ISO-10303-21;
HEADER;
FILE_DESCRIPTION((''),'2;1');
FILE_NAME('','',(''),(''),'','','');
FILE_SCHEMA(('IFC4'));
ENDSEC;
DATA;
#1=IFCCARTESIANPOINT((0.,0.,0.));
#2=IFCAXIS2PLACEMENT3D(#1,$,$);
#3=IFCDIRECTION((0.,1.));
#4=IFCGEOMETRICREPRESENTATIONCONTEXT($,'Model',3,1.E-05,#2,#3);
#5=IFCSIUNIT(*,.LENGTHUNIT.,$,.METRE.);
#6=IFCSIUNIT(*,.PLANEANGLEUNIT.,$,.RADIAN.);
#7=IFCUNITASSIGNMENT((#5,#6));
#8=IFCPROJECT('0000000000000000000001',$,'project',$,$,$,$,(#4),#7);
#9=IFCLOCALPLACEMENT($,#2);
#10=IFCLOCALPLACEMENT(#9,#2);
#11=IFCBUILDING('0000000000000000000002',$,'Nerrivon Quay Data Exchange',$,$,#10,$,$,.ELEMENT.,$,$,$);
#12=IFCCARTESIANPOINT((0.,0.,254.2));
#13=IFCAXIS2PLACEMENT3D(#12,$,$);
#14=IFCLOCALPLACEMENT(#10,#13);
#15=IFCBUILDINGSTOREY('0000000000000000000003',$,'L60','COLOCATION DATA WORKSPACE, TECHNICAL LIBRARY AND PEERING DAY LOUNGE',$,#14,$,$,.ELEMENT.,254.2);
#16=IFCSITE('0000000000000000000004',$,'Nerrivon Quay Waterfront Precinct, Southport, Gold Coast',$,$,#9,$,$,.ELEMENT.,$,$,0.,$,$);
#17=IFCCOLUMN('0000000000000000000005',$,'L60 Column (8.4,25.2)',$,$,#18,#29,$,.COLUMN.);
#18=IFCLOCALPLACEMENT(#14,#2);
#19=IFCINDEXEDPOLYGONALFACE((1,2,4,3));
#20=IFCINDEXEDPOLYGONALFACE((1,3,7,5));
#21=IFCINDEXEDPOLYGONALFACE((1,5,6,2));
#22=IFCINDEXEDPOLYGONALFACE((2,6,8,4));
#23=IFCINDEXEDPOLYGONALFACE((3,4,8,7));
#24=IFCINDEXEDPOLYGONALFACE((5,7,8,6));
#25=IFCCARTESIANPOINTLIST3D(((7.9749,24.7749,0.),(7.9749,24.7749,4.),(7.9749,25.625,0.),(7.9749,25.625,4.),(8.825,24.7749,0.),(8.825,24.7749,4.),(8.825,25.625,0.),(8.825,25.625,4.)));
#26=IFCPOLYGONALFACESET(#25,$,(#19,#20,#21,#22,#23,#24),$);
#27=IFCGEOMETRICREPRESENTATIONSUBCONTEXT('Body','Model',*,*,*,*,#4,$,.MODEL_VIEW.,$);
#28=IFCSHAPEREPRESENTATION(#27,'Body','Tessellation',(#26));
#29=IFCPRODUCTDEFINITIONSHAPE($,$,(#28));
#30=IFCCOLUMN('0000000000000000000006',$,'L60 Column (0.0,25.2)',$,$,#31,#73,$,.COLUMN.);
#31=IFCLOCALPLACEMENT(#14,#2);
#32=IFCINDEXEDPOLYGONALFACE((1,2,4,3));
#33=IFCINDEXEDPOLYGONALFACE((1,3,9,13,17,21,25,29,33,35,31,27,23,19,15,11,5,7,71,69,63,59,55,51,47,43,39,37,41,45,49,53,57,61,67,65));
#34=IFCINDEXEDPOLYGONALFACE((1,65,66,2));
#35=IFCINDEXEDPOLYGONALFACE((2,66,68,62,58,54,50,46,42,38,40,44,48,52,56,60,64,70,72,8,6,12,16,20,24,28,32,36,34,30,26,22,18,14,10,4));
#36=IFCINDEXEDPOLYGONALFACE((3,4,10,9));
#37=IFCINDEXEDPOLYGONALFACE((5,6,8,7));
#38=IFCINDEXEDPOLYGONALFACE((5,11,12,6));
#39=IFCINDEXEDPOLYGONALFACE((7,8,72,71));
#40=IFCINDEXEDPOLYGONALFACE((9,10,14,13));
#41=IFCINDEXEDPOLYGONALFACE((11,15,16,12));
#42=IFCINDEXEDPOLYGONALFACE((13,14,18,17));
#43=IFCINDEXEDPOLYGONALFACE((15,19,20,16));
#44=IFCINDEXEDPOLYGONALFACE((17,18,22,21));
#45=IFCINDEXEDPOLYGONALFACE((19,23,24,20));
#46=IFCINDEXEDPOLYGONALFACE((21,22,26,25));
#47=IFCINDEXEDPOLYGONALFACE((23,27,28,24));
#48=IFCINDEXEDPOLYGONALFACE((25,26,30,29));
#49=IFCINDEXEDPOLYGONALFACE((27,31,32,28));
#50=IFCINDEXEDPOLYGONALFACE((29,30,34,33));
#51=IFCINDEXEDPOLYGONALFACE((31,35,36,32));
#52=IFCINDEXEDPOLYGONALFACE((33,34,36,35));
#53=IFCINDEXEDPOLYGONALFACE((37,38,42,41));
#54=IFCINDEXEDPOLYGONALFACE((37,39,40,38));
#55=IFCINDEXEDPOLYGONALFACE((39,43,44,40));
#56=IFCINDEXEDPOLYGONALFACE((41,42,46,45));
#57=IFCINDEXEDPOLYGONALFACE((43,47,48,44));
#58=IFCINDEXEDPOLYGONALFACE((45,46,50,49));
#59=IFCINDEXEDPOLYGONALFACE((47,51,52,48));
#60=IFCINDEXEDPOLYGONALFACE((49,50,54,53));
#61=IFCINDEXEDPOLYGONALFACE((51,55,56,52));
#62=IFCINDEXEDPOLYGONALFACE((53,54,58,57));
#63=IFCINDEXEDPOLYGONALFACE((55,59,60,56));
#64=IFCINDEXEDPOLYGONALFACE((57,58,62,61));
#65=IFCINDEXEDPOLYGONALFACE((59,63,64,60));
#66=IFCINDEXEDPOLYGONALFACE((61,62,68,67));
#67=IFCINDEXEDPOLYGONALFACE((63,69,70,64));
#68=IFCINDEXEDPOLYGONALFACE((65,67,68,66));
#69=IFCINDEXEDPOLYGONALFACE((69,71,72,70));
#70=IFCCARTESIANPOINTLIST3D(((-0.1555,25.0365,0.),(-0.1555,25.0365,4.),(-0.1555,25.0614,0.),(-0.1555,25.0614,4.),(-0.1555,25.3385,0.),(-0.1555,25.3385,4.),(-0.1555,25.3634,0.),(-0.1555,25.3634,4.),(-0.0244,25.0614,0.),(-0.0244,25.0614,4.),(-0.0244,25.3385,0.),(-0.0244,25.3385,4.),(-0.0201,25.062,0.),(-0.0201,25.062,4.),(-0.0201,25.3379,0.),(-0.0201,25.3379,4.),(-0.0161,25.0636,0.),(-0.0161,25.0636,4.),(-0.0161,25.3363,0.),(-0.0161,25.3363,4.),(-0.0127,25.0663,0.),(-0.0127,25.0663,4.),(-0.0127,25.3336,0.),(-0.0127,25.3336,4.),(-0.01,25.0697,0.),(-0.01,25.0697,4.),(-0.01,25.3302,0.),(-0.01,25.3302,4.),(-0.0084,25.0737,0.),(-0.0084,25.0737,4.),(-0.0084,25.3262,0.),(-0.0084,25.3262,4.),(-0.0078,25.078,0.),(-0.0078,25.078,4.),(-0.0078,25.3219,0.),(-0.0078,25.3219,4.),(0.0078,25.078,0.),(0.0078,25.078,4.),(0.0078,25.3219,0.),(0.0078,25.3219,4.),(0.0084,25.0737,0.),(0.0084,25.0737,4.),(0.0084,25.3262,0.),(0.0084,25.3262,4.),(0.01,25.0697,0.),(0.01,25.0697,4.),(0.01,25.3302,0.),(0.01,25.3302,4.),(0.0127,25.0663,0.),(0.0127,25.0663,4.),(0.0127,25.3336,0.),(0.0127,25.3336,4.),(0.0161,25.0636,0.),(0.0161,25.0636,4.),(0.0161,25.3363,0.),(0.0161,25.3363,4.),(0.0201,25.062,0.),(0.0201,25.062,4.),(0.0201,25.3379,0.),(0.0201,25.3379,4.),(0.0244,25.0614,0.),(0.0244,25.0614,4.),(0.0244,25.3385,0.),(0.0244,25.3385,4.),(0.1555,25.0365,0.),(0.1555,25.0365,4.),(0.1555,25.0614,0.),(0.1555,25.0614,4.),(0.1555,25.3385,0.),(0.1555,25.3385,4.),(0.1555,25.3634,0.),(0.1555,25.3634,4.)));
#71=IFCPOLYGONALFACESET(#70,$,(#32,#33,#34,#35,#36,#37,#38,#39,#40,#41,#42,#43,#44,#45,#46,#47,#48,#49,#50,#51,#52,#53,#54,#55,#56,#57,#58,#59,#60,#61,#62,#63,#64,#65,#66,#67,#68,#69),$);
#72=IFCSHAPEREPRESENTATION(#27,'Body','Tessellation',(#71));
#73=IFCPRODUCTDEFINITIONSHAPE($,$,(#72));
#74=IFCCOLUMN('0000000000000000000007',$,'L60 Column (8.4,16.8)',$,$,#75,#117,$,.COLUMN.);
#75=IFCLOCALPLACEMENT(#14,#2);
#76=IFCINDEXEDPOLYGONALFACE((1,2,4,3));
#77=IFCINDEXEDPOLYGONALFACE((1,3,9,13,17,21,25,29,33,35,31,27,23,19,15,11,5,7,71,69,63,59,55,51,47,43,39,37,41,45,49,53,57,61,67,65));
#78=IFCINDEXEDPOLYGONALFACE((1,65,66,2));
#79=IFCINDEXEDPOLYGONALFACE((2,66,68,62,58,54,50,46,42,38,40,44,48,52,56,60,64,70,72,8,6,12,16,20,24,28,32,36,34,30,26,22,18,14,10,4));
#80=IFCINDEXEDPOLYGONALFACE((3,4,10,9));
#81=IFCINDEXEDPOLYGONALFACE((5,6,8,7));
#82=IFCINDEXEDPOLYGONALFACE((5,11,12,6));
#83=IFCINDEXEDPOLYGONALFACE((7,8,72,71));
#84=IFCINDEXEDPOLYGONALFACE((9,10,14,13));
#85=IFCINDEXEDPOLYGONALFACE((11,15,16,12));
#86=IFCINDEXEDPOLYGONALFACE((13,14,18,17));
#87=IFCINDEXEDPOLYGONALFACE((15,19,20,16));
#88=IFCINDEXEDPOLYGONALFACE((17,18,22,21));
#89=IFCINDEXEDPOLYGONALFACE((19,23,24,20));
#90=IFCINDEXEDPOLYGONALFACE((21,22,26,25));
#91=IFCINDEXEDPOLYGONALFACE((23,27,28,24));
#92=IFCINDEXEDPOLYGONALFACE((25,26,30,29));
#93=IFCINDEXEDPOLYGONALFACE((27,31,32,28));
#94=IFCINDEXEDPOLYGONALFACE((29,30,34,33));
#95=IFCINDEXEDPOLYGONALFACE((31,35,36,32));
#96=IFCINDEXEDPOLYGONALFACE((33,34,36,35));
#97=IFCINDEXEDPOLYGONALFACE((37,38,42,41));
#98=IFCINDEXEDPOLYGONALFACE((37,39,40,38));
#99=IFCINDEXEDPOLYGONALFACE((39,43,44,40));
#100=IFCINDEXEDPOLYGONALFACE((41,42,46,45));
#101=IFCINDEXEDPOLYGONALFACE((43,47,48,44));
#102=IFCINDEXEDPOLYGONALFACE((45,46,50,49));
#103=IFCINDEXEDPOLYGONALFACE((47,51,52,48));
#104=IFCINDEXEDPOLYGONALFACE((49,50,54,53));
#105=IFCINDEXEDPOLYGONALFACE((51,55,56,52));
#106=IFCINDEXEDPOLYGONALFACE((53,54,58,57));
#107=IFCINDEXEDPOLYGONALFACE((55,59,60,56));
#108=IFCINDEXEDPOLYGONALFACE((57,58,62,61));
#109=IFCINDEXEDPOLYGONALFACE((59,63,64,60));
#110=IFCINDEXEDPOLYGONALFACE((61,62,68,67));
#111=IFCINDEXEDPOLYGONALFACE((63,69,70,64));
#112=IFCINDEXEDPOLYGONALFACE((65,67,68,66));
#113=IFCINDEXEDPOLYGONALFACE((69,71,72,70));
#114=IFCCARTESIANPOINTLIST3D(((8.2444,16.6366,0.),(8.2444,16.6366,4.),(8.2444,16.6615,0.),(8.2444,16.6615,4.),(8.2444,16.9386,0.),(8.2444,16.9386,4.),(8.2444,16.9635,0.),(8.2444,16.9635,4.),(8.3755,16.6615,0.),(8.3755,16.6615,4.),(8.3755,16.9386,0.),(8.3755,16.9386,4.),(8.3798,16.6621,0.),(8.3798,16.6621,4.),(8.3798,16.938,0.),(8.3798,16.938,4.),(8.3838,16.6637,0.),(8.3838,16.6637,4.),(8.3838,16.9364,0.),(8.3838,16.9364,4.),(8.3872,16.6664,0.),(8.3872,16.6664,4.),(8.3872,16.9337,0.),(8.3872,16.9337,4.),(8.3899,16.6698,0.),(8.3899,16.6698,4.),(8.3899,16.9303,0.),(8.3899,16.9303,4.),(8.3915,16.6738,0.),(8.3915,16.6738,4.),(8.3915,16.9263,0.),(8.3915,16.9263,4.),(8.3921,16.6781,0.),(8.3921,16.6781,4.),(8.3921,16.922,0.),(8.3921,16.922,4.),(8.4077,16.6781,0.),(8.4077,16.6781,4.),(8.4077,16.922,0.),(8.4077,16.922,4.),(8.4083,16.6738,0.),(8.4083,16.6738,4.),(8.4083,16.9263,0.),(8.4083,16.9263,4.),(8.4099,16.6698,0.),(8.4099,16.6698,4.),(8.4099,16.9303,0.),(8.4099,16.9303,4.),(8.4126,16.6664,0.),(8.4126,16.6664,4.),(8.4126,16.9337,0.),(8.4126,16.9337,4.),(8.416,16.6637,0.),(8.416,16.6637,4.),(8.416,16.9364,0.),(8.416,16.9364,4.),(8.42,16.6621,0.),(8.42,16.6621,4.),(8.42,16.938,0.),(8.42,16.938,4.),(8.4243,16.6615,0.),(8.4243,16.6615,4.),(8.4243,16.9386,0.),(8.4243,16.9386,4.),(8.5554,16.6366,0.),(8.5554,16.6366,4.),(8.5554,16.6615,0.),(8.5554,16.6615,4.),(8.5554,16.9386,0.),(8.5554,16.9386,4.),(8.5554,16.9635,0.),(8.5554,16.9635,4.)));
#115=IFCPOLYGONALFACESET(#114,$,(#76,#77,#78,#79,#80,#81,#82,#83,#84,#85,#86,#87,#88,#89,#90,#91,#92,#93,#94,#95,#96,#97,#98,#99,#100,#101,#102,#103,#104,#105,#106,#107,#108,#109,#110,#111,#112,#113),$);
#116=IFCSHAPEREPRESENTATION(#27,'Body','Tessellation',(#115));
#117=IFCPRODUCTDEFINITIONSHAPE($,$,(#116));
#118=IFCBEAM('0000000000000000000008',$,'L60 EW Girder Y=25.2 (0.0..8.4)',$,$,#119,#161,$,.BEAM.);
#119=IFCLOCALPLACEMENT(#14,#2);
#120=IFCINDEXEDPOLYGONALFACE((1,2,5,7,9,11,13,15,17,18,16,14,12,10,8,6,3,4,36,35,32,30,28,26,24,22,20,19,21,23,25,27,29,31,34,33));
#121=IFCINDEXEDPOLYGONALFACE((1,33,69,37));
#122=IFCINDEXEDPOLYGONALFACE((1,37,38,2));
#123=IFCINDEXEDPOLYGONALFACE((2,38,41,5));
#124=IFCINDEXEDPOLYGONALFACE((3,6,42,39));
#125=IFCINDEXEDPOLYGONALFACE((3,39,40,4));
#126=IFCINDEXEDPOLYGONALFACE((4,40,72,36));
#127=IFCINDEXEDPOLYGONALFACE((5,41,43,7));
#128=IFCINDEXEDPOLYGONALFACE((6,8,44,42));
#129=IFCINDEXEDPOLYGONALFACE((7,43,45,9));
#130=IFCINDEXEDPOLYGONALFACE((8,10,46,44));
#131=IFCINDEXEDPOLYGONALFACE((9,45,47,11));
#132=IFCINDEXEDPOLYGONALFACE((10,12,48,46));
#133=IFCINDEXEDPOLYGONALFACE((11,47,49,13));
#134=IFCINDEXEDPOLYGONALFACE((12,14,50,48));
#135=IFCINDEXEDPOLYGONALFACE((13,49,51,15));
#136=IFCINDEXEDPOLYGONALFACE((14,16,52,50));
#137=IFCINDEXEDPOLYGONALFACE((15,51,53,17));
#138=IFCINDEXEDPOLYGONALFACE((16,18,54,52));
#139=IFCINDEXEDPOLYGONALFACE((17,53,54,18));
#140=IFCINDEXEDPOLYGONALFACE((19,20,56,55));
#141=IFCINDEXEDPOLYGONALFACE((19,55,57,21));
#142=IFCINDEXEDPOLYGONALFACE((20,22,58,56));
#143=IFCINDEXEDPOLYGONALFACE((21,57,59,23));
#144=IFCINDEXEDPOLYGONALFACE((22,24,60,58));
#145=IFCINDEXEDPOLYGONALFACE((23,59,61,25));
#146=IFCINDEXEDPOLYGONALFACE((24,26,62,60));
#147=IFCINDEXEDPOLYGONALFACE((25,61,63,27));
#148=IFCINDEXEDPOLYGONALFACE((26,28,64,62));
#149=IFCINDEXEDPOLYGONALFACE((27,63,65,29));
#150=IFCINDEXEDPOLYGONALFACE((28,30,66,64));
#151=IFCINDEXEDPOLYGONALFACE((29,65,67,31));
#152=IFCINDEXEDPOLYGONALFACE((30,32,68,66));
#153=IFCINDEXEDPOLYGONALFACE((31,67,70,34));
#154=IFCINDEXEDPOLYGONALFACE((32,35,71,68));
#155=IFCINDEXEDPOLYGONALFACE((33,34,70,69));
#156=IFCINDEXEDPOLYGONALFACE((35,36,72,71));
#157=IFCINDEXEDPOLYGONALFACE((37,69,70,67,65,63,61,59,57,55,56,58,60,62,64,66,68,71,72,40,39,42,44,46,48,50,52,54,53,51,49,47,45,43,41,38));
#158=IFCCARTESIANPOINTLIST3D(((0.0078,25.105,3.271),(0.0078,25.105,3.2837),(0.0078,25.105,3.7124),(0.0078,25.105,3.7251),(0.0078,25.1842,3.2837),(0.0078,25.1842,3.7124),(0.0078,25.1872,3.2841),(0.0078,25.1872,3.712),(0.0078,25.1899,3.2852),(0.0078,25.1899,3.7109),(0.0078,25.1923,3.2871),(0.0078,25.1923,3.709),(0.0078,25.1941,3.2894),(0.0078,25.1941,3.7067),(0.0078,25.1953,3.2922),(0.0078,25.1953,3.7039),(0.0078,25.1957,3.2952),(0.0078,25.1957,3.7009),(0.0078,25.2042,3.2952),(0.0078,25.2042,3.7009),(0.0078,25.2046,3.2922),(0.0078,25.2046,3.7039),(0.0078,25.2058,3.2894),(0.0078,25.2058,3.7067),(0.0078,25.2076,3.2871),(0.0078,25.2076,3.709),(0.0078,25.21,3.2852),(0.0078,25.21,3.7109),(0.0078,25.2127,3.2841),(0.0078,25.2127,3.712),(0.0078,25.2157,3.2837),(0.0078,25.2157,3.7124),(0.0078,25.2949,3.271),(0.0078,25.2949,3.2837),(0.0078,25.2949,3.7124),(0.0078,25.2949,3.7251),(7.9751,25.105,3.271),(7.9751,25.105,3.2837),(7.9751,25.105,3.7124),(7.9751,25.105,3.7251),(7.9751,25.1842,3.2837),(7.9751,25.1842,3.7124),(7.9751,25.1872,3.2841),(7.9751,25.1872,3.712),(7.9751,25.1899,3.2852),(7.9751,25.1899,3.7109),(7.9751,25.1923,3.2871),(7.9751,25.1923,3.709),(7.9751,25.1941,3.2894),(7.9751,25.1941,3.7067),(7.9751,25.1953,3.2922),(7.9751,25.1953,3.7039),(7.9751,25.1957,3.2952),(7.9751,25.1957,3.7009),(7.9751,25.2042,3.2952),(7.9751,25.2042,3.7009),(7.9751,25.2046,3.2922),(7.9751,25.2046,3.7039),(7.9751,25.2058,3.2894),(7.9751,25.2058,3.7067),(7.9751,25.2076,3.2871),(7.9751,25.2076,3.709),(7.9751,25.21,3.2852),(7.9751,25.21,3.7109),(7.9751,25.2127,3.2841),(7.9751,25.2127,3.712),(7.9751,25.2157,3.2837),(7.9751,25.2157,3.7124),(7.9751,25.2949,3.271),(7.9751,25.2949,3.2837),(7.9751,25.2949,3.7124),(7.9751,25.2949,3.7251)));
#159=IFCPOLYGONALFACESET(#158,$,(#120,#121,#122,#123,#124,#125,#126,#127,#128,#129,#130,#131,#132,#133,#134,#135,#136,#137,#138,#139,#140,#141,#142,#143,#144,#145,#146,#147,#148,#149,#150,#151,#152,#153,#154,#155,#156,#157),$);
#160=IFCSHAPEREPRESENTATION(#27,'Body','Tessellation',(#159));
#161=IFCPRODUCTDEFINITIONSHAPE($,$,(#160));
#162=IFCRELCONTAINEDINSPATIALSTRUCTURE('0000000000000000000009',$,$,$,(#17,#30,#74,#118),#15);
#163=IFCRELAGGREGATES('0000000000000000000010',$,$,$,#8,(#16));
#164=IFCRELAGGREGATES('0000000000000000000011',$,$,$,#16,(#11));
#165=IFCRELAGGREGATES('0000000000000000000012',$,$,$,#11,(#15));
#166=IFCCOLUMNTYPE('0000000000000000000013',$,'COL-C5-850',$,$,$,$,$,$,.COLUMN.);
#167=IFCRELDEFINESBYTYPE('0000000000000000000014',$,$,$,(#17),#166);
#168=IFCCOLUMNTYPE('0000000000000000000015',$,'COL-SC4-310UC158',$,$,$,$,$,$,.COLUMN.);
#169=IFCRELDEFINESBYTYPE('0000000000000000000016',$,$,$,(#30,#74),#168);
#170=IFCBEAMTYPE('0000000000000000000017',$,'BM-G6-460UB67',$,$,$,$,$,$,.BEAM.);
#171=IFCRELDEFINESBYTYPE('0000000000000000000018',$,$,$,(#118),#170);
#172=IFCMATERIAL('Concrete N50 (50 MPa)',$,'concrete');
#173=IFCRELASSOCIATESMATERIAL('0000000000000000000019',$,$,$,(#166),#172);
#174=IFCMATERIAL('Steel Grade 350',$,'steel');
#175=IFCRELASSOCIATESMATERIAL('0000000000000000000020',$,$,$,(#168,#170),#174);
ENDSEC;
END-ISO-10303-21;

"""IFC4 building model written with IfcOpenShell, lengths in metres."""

from ifc_helpers import new_model, si_unit, direction, frame, origin, origin_2d, place, context, subcontext, project, spatial, rectangle, i_section, extrude, material, material_profile, profile_set, type_object, element, save


model = new_model("IFC4")

# Units and contexts
model_context = context("Model", 3, precision=1e-05, world=origin(), true_north=direction((0.0, 1.0)))
body_context = subcontext(model_context, "Body", "Model", "MODEL_VIEW")
ifc_project = project(units=[si_unit("LENGTHUNIT", "METRE"), si_unit("PLANEANGLEUNIT", "RADIAN")], contexts=[model_context])

# Site, building, storey
site_placement = place(None, origin())
site = spatial("IfcSite", under=ifc_project, at=site_placement, Name="Nerrivon Quay Waterfront Precinct, Southport, Gold Coast", CompositionType="ELEMENT", RefElevation=0.0)
building_placement = place(site_placement, origin())
building = spatial("IfcBuilding", under=site, at=building_placement, Name="Nerrivon Quay Data Exchange", CompositionType="ELEMENT")
storey_placement = place(building_placement, frame((0.0, 0.0, 254.2)))
storey = spatial("IfcBuildingStorey", under=building, at=storey_placement, Name="L60", Description="COLOCATION DATA WORKSPACE, TECHNICAL LIBRARY AND PEERING DAY LOUNGE", CompositionType="ELEMENT", Elevation=254.2)

# Columns
ifc_material_1 = material(Name="Concrete N50 (50 MPa)", Category="concrete")
ifc_material_profile_1 = material_profile(ifc_material_1, rectangle(XDim=0.8501, YDim=0.8501, at=origin_2d()), Name="RC-COL-850x850")
ifc_profile_set_1 = profile_set([ifc_material_profile_1], Name="Concrete N50 (50 MPa)")
column_type_1 = type_object("IfcColumnType", Name="COL-C5-850", PredefinedType="COLUMN", material=ifc_profile_set_1)
column_placement = place(storey_placement, frame((8.3999, 25.2, 0.0), z_axis=(0.0, 0.0, 1.0), x_axis=(1.0, 0.0, 0.0)))
element("IfcColumn", 1, at=column_placement, inside=storey, type_object=column_type_1, Name="L60 Column (8.4,25.2)", PredefinedType="COLUMN", context=body_context, shape_type="SweptSolid", body=[
    extrude(rectangle(XDim=0.8501, YDim=0.8501, at=origin_2d()), origin(), (0.0, 0.0, 1.0), 4.0),
])
ifc_material_2 = material(Name="Steel Grade 350", Category="steel")
ifc_material_profile_2 = material_profile(ifc_material_2, i_section(OverallWidth=0.311, OverallDepth=0.3269, WebThickness=0.0156, FlangeThickness=0.0249, FilletRadius=0.0166, at=origin_2d()), Name="310UC158")
ifc_profile_set_2 = profile_set([ifc_material_profile_2], Name="Steel Grade 350")
column_type_2 = type_object("IfcColumnType", Name="COL-SC4-310UC158", PredefinedType="COLUMN", material=ifc_profile_set_2)
for number, where, z_axis, x_axis, name in (
    (2, (0.0, 25.2, 0.0), (0.0, 0.0, 1.0), (1.0, 0.0, 0.0), "L60 Column (0.0,25.2)"),
    (3, (8.3999, 16.8, 0.0), (0.0, 0.0, 1.0), (1.0, 0.0, 0.0), "L60 Column (8.4,16.8)"),
):
    element("IfcColumn", number, at=place(storey_placement, frame(where, z_axis=z_axis, x_axis=x_axis)), inside=storey, type_object=column_type_2, Name=name, PredefinedType="COLUMN", context=body_context, shape_type="SweptSolid", body=[
        extrude(i_section(OverallWidth=0.311, OverallDepth=0.3269, WebThickness=0.0156, FlangeThickness=0.0249, FilletRadius=0.0166, at=origin_2d()), origin(), (0.0, 0.0, 1.0), 4.0),
    ])

# Beam
ifc_material_profile_3 = material_profile(ifc_material_2, i_section(OverallWidth=0.1899, OverallDepth=0.4541, WebThickness=0.0085, FlangeThickness=0.0127, FilletRadius=0.0115, at=origin_2d()), Name="460UB67.1")
ifc_profile_set_3 = profile_set([ifc_material_profile_3], Name="Steel Grade 350")
beam_type_1 = type_object("IfcBeamType", Name="BM-G6-460UB67", PredefinedType="BEAM", material=ifc_profile_set_3)
beam_1_placement = place(storey_placement, frame((0.0078, 25.2, 3.498), z_axis=(1.0, 0.0, 0.0), x_axis=(0.0, 1.0, 0.0)))
element("IfcBeam", 4, at=beam_1_placement, inside=storey, type_object=beam_type_1, Name="L60 EW Girder Y=25.2 (0.0..8.4)", PredefinedType="BEAM", context=body_context, shape_type="SweptSolid", body=[
    extrude(i_section(OverallWidth=0.1899, OverallDepth=0.4541, WebThickness=0.0085, FlangeThickness=0.0127, FilletRadius=0.0115, at=origin_2d()), origin(), (0.0, 0.0, 1.0), 7.9673),
])

save(model, "model.ifc")
